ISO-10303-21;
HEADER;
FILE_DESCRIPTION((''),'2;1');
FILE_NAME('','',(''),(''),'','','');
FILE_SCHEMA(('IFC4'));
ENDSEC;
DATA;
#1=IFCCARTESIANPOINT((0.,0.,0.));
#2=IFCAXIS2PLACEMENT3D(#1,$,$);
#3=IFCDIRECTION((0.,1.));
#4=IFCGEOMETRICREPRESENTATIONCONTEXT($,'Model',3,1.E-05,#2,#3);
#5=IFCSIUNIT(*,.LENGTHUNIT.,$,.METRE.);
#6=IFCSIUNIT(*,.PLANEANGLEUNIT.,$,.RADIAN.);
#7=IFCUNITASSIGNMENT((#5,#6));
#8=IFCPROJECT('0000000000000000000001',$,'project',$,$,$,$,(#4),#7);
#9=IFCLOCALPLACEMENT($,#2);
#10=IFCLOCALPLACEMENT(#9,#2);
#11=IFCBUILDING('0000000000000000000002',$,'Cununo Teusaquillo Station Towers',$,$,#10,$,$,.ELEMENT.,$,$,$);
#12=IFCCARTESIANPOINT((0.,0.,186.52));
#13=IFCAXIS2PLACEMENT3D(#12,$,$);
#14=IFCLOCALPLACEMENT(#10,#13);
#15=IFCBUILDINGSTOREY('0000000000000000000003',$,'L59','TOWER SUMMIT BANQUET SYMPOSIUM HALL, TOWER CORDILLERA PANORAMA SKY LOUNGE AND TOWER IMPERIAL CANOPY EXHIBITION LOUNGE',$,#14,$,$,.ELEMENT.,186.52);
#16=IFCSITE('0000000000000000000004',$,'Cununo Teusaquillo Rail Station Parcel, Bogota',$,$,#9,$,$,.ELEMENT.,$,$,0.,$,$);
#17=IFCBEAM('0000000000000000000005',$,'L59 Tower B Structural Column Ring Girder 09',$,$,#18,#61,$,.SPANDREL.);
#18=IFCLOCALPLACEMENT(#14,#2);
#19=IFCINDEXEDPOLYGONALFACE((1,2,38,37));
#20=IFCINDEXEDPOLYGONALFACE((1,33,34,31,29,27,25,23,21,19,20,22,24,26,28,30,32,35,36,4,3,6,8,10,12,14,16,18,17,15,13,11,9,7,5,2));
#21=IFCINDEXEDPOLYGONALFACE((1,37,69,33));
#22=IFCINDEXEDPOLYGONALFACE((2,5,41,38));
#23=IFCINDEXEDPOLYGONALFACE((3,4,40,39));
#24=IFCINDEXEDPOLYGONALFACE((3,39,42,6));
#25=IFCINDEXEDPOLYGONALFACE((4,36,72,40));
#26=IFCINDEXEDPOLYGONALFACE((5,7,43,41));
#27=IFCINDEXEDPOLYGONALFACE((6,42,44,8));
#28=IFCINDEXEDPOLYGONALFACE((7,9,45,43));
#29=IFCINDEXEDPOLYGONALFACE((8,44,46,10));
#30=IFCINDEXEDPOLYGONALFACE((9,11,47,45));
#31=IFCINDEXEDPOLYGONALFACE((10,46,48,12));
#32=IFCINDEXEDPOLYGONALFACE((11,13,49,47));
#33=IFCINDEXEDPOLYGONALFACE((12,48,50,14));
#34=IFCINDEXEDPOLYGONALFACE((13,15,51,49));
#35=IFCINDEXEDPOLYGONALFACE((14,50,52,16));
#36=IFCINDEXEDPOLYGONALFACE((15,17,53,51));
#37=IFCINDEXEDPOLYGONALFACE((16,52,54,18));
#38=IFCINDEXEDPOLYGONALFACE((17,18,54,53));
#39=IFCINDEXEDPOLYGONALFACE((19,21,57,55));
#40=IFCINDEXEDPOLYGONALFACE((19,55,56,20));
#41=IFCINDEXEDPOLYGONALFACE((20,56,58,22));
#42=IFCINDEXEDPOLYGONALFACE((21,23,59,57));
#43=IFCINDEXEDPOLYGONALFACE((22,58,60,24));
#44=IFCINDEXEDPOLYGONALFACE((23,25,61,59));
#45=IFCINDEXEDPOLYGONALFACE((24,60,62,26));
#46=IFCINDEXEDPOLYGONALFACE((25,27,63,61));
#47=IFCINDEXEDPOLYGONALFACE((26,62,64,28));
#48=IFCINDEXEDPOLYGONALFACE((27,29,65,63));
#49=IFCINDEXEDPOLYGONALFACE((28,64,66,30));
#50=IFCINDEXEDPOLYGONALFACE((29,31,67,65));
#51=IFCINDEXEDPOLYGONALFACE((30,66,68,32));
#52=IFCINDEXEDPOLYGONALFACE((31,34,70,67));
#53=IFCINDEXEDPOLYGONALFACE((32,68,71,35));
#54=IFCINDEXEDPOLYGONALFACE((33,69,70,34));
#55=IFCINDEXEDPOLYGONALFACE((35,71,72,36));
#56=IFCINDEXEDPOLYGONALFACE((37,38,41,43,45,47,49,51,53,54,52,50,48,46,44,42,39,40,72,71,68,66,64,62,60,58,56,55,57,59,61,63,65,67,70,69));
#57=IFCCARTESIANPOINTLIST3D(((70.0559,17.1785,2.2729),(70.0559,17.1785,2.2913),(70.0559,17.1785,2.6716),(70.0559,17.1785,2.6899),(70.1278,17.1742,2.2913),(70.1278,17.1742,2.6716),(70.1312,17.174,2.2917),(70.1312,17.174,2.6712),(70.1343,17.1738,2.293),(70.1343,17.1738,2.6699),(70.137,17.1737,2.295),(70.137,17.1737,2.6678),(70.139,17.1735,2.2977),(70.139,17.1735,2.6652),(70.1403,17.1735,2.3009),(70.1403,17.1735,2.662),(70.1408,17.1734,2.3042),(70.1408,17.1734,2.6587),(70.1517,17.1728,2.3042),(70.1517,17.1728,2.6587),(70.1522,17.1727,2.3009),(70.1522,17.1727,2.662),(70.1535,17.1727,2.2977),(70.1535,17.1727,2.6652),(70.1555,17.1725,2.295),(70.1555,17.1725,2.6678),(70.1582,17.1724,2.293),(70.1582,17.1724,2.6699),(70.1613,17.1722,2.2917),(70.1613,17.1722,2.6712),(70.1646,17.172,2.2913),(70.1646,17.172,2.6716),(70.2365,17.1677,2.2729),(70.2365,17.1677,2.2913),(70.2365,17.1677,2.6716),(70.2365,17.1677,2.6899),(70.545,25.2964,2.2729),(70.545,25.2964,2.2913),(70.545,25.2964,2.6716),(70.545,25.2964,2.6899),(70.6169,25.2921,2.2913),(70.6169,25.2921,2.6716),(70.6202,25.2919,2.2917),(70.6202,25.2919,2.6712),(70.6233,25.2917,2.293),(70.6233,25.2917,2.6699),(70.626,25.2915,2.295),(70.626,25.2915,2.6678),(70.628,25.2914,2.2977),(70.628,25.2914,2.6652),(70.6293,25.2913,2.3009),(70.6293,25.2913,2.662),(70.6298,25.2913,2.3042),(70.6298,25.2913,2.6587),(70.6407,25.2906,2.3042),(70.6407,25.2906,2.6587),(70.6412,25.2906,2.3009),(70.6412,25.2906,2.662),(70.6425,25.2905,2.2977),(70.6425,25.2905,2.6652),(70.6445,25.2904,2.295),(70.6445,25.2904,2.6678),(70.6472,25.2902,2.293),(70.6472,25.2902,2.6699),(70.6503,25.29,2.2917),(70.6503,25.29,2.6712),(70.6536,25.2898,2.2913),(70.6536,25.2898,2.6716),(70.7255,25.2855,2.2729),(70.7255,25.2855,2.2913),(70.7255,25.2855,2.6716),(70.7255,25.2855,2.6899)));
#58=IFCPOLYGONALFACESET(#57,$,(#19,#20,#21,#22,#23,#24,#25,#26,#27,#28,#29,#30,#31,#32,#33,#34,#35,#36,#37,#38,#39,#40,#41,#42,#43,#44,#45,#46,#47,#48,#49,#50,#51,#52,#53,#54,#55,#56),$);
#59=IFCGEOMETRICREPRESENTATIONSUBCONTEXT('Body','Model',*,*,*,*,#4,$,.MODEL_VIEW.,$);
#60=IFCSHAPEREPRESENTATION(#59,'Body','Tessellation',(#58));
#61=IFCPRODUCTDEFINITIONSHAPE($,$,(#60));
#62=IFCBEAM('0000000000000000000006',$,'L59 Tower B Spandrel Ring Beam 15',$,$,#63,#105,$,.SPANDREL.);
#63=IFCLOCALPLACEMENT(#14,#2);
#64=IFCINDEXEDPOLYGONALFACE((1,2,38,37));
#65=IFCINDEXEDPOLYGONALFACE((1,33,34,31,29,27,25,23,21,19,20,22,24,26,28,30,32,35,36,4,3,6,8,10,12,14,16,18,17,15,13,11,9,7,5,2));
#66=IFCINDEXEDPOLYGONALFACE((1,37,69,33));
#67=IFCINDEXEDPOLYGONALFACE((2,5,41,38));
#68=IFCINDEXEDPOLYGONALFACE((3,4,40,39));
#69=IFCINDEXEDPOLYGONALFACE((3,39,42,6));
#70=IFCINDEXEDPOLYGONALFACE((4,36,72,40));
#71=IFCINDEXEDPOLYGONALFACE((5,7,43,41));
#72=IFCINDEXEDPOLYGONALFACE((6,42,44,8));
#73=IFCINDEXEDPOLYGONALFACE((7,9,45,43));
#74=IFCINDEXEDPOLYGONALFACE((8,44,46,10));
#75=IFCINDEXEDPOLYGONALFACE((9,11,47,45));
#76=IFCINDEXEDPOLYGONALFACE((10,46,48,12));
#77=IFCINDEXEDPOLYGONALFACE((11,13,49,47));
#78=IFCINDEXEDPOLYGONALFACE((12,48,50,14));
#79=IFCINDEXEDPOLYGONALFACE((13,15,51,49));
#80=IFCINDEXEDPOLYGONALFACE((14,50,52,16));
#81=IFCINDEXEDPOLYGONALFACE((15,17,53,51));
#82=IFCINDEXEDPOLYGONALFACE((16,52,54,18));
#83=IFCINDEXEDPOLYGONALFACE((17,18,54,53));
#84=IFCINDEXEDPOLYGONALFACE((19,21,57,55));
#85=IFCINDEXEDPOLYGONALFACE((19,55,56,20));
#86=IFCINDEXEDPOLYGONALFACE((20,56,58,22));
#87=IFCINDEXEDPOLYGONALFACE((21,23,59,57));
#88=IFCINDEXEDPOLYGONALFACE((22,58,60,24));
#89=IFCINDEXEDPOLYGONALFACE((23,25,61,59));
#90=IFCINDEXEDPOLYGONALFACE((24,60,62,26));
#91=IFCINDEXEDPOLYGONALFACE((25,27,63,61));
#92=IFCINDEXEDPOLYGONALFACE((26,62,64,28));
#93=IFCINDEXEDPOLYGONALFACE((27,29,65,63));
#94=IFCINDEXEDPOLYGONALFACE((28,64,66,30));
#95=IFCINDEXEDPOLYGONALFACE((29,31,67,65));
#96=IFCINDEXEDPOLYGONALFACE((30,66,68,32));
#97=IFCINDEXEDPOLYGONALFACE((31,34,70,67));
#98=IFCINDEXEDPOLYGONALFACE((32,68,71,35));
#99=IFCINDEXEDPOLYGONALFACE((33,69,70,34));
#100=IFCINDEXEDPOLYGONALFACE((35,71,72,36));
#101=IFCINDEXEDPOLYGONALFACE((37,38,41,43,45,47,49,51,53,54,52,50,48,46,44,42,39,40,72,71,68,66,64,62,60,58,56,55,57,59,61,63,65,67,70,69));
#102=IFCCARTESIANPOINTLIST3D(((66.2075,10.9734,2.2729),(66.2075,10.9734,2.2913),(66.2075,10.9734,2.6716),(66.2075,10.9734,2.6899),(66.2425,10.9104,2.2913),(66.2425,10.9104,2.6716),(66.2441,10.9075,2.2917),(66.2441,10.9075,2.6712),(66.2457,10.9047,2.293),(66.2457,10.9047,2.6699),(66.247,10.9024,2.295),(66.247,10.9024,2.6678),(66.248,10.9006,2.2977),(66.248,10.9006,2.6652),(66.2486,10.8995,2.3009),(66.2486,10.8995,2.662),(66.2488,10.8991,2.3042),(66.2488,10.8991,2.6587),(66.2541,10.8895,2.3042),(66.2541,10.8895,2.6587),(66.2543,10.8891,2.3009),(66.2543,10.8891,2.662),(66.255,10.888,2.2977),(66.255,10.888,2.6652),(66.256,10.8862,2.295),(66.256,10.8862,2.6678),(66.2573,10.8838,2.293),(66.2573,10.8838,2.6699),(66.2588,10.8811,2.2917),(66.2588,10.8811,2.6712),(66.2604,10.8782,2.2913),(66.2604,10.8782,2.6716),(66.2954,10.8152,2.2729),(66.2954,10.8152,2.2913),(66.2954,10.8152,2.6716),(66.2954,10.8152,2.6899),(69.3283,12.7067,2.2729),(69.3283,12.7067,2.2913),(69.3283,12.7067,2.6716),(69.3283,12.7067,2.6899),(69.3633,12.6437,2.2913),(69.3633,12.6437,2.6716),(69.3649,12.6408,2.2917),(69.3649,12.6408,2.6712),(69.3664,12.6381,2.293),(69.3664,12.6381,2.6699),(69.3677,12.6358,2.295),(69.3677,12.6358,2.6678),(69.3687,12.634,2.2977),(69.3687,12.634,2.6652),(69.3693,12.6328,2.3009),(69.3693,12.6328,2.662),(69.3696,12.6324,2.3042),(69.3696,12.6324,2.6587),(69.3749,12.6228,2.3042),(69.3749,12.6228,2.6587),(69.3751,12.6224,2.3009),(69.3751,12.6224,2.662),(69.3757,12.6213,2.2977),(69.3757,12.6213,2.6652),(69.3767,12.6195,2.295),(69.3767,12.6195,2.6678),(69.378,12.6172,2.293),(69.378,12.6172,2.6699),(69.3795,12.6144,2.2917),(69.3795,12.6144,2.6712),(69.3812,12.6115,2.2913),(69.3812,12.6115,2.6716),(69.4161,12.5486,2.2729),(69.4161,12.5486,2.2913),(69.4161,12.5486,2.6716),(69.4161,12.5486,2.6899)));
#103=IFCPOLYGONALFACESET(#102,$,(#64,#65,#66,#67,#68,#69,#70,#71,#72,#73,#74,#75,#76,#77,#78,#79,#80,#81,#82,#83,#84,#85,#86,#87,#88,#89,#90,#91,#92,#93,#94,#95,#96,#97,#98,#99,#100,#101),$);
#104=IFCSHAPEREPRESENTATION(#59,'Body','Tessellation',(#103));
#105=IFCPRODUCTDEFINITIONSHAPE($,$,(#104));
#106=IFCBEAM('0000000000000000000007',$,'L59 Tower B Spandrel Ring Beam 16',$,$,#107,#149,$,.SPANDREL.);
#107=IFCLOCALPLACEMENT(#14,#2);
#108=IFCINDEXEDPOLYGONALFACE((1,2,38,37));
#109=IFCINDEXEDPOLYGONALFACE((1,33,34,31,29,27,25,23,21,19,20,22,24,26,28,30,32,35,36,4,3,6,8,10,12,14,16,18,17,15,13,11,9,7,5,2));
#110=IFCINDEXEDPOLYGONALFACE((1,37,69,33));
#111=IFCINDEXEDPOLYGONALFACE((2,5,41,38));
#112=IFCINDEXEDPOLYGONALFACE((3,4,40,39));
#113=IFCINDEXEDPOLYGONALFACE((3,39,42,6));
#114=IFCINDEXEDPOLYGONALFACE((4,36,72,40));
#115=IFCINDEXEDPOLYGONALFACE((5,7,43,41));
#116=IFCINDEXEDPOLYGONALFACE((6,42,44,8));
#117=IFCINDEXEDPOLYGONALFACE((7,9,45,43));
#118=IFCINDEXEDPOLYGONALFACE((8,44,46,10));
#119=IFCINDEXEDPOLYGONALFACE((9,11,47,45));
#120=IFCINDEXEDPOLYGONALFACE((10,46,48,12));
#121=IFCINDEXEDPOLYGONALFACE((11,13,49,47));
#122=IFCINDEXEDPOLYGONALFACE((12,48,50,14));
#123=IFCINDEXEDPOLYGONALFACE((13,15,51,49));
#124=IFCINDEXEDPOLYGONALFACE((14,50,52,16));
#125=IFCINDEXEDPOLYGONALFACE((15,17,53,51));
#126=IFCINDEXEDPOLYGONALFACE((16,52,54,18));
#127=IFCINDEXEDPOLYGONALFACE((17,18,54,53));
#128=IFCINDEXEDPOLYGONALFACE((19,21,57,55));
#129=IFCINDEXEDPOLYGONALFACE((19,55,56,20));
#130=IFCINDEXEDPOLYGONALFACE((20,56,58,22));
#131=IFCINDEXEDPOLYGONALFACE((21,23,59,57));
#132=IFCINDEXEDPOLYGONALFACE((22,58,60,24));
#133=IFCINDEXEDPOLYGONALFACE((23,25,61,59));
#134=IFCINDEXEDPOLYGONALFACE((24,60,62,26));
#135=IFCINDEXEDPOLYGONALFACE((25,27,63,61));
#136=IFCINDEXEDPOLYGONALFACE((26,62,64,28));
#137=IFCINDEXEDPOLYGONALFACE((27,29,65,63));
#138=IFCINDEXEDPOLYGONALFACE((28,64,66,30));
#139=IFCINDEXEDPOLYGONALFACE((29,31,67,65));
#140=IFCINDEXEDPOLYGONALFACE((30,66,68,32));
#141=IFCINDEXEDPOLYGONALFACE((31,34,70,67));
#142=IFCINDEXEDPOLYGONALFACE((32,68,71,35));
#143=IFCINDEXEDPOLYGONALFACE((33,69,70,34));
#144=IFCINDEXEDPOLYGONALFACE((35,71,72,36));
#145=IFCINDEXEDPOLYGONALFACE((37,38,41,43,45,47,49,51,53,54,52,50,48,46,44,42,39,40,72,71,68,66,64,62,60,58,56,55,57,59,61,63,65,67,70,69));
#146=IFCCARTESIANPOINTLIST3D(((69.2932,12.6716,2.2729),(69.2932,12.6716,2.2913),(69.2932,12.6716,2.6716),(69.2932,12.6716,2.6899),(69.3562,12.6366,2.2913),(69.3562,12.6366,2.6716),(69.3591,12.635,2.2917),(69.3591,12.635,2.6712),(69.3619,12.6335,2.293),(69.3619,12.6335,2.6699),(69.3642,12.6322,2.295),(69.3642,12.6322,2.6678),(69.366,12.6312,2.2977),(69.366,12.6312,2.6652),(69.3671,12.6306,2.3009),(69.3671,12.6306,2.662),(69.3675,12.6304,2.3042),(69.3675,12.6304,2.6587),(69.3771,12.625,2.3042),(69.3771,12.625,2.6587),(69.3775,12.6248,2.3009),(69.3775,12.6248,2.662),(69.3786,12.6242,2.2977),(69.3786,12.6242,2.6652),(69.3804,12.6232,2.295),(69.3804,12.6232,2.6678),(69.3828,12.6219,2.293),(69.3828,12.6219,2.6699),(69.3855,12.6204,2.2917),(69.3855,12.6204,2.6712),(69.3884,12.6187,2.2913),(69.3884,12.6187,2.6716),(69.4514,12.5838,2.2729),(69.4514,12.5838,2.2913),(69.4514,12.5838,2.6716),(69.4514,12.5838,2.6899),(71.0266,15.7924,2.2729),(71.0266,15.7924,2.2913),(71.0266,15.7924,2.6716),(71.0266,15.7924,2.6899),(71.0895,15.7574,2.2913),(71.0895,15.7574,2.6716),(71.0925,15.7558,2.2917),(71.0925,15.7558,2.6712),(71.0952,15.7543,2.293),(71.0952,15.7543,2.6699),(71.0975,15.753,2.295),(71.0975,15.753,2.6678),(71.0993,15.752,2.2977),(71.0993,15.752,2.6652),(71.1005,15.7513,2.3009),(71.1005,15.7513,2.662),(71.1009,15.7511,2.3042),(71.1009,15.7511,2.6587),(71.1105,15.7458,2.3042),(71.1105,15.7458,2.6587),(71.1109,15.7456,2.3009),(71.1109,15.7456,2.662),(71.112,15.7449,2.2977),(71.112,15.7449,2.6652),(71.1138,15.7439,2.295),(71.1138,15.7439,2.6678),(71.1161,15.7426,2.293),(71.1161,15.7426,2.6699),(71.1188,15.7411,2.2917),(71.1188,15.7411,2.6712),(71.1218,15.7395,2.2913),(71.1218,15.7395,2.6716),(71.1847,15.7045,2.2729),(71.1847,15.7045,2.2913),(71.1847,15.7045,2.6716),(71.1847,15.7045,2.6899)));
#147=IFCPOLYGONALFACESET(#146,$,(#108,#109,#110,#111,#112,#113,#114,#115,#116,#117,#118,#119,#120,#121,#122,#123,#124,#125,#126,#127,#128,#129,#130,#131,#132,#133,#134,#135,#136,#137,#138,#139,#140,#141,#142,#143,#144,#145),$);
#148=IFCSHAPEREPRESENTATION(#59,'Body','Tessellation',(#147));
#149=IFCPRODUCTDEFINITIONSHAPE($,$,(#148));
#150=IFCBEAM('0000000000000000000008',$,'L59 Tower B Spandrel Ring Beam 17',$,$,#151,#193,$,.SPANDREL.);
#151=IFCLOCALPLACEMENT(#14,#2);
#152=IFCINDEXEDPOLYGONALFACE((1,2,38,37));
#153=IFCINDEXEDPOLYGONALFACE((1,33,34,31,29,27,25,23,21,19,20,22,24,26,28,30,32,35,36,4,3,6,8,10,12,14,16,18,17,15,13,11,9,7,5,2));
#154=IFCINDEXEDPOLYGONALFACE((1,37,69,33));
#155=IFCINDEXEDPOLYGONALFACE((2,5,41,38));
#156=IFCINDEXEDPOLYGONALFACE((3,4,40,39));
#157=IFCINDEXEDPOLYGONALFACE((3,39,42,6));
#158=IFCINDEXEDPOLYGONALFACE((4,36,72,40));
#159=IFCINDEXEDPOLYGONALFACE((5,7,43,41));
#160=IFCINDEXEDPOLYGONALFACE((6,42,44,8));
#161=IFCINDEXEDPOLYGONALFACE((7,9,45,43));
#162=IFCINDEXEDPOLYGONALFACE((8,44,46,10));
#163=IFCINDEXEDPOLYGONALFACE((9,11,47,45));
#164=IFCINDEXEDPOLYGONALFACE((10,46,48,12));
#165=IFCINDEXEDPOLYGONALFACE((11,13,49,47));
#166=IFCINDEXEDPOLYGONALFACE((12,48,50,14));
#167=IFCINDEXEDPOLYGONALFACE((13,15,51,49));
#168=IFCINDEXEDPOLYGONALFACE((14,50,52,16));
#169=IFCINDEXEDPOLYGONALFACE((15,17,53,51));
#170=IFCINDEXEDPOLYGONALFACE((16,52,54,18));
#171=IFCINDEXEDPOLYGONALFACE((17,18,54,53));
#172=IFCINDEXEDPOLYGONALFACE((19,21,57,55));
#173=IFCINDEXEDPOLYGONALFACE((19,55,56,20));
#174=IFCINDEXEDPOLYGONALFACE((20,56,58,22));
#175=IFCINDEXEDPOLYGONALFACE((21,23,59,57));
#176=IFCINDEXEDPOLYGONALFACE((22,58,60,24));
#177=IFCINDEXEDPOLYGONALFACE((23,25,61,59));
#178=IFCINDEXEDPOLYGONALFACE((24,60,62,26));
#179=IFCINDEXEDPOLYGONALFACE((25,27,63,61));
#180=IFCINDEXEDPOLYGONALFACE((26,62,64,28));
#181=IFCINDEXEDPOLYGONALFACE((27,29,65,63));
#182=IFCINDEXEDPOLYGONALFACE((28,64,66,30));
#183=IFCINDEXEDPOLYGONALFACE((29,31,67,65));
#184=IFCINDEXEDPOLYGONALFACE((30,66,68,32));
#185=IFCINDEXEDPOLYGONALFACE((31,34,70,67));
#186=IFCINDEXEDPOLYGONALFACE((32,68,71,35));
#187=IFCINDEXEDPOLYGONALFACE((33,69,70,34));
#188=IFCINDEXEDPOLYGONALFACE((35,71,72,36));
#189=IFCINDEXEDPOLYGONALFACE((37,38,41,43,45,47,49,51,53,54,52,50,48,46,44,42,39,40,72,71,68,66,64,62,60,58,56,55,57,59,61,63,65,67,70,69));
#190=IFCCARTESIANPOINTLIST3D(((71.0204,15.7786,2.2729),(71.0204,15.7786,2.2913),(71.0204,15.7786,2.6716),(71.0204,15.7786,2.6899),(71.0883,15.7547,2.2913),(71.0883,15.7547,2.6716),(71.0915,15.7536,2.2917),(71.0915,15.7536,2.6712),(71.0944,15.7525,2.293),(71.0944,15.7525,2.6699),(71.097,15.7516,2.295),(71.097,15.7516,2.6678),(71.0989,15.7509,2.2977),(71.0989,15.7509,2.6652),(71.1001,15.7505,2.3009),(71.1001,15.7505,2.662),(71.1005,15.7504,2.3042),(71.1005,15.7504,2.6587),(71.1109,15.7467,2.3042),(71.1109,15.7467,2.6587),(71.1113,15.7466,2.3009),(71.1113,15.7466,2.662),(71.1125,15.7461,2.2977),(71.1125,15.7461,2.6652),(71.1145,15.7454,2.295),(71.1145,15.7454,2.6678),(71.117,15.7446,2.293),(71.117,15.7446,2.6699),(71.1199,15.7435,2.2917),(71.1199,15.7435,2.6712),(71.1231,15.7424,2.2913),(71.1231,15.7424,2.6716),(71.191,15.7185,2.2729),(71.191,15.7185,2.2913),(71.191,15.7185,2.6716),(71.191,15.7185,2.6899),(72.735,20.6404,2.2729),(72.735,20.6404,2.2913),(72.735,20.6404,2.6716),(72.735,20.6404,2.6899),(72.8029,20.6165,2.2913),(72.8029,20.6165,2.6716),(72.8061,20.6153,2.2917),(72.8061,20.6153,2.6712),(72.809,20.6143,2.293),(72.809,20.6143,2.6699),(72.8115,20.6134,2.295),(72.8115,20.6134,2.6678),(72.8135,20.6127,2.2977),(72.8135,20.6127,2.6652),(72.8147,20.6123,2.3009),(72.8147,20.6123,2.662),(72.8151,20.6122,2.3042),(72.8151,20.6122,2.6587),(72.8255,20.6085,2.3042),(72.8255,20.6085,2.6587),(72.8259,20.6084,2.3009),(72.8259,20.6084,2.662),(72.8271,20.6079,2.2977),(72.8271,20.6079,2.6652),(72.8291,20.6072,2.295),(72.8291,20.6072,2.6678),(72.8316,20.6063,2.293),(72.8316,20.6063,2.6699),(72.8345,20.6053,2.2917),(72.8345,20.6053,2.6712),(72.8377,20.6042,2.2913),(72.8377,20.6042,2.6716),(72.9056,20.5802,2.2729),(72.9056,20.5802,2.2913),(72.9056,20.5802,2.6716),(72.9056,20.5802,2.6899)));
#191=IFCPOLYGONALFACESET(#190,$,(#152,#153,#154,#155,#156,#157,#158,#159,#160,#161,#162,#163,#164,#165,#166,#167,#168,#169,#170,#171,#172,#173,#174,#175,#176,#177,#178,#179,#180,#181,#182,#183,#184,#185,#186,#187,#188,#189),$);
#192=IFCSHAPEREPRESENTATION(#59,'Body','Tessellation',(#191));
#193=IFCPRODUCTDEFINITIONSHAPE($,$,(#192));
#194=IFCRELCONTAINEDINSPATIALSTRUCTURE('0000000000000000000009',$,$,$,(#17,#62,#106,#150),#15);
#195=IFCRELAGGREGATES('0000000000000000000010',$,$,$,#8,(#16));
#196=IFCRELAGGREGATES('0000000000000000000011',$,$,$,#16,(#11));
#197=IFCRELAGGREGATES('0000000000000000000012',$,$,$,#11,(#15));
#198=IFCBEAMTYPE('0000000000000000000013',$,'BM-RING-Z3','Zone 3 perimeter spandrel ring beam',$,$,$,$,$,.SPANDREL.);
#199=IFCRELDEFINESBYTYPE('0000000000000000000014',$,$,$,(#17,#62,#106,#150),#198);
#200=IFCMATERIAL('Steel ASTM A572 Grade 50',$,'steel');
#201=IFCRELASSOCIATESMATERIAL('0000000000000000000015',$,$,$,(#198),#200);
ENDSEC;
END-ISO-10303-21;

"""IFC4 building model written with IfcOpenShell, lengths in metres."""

from ifc_helpers import new_model, si_unit, direction, frame, origin, origin_2d, place, context, subcontext, project, spatial, i_section, extrude, material, material_profile, profile_set, type_object, element, save


model = new_model("IFC4")

# Units and contexts
model_context = context("Model", 3, precision=1e-05, world=origin(), true_north=direction((0.0, 1.0)))
body_context = subcontext(model_context, "Body", "Model", "MODEL_VIEW")
ifc_project = project(units=[si_unit("LENGTHUNIT", "METRE"), si_unit("PLANEANGLEUNIT", "RADIAN")], contexts=[model_context])

# Site, building, storey
site_placement = place(None, origin())
site = spatial("IfcSite", under=ifc_project, at=site_placement, Name="Cununo Teusaquillo Rail Station Parcel, Bogota", CompositionType="ELEMENT", RefElevation=0.0)
building_placement = place(site_placement, origin())
building = spatial("IfcBuilding", under=site, at=building_placement, Name="Cununo Teusaquillo Station Towers", CompositionType="ELEMENT")
storey_placement = place(building_placement, frame((0.0, 0.0, 186.52)))
storey = spatial("IfcBuildingStorey", under=building, at=storey_placement, Name="L59", Description="TOWER SUMMIT BANQUET SYMPOSIUM HALL, TOWER CORDILLERA PANORAMA SKY LOUNGE AND TOWER IMPERIAL CANOPY EXHIBITION LOUNGE", CompositionType="ELEMENT", Elevation=186.52)

# Beams
ifc_material_1 = material(Name="Steel ASTM A572 Grade 50", Category="steel")
ifc_material_profile_1 = material_profile(ifc_material_1, i_section(OverallWidth=0.1809, OverallDepth=0.417, WebThickness=0.011, FlangeThickness=0.0183, FilletRadius=0.0129, at=origin_2d()), Name="W16X57")
ifc_profile_set_1 = profile_set([ifc_material_profile_1], Name="Steel ASTM A572 Grade 50")
beam_type_1 = type_object("IfcBeamType", Name="BM-RING-Z3", Description="Zone 3 perimeter spandrel ring beam", PredefinedType="SPANDREL", material=ifc_profile_set_1)
beam_1_placement = place(storey_placement, frame((70.1462, 17.1731, 2.4814), z_axis=(0.06013, 0.998191, 0.0), x_axis=(-0.998191, 0.06013, 0.0)))
element("IfcBeam", 1, at=beam_1_placement, inside=storey, type_object=beam_type_1, Name="L59 Tower B Structural Column Ring Girder 09", PredefinedType="SPANDREL", context=body_context, shape_type="SweptSolid", body=[
    extrude(i_section(OverallWidth=0.1809, OverallDepth=0.417, WebThickness=0.011, FlangeThickness=0.0183, FilletRadius=0.0129, at=origin_2d()), origin(), (0.0, 0.0, 1.0), 8.1326),
])
for number, where, z_axis, x_axis, name in (
    (2, (66.2515, 10.8943, 2.4814), (0.874206, 0.485556, 0.0), (-0.485556, 0.874206, 0.0), "L59 Tower B Spandrel Ring Beam 15"),
    (3, (69.3723, 12.6277, 2.4814), (0.485556, 0.874206, 0.0), (-0.874206, 0.485556, 0.0), "L59 Tower B Spandrel Ring Beam 16"),
):
    element("IfcBeam", number, at=place(storey_placement, frame(where, z_axis=z_axis, x_axis=x_axis)), inside=storey, type_object=beam_type_1, Name=name, PredefinedType="SPANDREL", context=body_context, shape_type="SweptSolid", body=[
        extrude(i_section(OverallWidth=0.1809, OverallDepth=0.417, WebThickness=0.011, FlangeThickness=0.0183, FilletRadius=0.0129, at=origin_2d()), origin(), (0.0, 0.0, 1.0), 3.5698),
    ])
beam_2_placement = place(storey_placement, frame((71.1057, 15.7485, 2.4814), z_axis=(0.33259, 0.943072, 0.0), x_axis=(-0.943072, 0.33259, 0.0)))
element("IfcBeam", 4, at=beam_2_placement, inside=storey, type_object=beam_type_1, Name="L59 Tower B Spandrel Ring Beam 17", PredefinedType="SPANDREL", context=body_context, shape_type="SweptSolid", body=[
    extrude(i_section(OverallWidth=0.1809, OverallDepth=0.417, WebThickness=0.011, FlangeThickness=0.0183, FilletRadius=0.0129, at=origin_2d()), origin(), (0.0, 0.0, 1.0), 5.1553),
])

save(model, "model.ifc")
